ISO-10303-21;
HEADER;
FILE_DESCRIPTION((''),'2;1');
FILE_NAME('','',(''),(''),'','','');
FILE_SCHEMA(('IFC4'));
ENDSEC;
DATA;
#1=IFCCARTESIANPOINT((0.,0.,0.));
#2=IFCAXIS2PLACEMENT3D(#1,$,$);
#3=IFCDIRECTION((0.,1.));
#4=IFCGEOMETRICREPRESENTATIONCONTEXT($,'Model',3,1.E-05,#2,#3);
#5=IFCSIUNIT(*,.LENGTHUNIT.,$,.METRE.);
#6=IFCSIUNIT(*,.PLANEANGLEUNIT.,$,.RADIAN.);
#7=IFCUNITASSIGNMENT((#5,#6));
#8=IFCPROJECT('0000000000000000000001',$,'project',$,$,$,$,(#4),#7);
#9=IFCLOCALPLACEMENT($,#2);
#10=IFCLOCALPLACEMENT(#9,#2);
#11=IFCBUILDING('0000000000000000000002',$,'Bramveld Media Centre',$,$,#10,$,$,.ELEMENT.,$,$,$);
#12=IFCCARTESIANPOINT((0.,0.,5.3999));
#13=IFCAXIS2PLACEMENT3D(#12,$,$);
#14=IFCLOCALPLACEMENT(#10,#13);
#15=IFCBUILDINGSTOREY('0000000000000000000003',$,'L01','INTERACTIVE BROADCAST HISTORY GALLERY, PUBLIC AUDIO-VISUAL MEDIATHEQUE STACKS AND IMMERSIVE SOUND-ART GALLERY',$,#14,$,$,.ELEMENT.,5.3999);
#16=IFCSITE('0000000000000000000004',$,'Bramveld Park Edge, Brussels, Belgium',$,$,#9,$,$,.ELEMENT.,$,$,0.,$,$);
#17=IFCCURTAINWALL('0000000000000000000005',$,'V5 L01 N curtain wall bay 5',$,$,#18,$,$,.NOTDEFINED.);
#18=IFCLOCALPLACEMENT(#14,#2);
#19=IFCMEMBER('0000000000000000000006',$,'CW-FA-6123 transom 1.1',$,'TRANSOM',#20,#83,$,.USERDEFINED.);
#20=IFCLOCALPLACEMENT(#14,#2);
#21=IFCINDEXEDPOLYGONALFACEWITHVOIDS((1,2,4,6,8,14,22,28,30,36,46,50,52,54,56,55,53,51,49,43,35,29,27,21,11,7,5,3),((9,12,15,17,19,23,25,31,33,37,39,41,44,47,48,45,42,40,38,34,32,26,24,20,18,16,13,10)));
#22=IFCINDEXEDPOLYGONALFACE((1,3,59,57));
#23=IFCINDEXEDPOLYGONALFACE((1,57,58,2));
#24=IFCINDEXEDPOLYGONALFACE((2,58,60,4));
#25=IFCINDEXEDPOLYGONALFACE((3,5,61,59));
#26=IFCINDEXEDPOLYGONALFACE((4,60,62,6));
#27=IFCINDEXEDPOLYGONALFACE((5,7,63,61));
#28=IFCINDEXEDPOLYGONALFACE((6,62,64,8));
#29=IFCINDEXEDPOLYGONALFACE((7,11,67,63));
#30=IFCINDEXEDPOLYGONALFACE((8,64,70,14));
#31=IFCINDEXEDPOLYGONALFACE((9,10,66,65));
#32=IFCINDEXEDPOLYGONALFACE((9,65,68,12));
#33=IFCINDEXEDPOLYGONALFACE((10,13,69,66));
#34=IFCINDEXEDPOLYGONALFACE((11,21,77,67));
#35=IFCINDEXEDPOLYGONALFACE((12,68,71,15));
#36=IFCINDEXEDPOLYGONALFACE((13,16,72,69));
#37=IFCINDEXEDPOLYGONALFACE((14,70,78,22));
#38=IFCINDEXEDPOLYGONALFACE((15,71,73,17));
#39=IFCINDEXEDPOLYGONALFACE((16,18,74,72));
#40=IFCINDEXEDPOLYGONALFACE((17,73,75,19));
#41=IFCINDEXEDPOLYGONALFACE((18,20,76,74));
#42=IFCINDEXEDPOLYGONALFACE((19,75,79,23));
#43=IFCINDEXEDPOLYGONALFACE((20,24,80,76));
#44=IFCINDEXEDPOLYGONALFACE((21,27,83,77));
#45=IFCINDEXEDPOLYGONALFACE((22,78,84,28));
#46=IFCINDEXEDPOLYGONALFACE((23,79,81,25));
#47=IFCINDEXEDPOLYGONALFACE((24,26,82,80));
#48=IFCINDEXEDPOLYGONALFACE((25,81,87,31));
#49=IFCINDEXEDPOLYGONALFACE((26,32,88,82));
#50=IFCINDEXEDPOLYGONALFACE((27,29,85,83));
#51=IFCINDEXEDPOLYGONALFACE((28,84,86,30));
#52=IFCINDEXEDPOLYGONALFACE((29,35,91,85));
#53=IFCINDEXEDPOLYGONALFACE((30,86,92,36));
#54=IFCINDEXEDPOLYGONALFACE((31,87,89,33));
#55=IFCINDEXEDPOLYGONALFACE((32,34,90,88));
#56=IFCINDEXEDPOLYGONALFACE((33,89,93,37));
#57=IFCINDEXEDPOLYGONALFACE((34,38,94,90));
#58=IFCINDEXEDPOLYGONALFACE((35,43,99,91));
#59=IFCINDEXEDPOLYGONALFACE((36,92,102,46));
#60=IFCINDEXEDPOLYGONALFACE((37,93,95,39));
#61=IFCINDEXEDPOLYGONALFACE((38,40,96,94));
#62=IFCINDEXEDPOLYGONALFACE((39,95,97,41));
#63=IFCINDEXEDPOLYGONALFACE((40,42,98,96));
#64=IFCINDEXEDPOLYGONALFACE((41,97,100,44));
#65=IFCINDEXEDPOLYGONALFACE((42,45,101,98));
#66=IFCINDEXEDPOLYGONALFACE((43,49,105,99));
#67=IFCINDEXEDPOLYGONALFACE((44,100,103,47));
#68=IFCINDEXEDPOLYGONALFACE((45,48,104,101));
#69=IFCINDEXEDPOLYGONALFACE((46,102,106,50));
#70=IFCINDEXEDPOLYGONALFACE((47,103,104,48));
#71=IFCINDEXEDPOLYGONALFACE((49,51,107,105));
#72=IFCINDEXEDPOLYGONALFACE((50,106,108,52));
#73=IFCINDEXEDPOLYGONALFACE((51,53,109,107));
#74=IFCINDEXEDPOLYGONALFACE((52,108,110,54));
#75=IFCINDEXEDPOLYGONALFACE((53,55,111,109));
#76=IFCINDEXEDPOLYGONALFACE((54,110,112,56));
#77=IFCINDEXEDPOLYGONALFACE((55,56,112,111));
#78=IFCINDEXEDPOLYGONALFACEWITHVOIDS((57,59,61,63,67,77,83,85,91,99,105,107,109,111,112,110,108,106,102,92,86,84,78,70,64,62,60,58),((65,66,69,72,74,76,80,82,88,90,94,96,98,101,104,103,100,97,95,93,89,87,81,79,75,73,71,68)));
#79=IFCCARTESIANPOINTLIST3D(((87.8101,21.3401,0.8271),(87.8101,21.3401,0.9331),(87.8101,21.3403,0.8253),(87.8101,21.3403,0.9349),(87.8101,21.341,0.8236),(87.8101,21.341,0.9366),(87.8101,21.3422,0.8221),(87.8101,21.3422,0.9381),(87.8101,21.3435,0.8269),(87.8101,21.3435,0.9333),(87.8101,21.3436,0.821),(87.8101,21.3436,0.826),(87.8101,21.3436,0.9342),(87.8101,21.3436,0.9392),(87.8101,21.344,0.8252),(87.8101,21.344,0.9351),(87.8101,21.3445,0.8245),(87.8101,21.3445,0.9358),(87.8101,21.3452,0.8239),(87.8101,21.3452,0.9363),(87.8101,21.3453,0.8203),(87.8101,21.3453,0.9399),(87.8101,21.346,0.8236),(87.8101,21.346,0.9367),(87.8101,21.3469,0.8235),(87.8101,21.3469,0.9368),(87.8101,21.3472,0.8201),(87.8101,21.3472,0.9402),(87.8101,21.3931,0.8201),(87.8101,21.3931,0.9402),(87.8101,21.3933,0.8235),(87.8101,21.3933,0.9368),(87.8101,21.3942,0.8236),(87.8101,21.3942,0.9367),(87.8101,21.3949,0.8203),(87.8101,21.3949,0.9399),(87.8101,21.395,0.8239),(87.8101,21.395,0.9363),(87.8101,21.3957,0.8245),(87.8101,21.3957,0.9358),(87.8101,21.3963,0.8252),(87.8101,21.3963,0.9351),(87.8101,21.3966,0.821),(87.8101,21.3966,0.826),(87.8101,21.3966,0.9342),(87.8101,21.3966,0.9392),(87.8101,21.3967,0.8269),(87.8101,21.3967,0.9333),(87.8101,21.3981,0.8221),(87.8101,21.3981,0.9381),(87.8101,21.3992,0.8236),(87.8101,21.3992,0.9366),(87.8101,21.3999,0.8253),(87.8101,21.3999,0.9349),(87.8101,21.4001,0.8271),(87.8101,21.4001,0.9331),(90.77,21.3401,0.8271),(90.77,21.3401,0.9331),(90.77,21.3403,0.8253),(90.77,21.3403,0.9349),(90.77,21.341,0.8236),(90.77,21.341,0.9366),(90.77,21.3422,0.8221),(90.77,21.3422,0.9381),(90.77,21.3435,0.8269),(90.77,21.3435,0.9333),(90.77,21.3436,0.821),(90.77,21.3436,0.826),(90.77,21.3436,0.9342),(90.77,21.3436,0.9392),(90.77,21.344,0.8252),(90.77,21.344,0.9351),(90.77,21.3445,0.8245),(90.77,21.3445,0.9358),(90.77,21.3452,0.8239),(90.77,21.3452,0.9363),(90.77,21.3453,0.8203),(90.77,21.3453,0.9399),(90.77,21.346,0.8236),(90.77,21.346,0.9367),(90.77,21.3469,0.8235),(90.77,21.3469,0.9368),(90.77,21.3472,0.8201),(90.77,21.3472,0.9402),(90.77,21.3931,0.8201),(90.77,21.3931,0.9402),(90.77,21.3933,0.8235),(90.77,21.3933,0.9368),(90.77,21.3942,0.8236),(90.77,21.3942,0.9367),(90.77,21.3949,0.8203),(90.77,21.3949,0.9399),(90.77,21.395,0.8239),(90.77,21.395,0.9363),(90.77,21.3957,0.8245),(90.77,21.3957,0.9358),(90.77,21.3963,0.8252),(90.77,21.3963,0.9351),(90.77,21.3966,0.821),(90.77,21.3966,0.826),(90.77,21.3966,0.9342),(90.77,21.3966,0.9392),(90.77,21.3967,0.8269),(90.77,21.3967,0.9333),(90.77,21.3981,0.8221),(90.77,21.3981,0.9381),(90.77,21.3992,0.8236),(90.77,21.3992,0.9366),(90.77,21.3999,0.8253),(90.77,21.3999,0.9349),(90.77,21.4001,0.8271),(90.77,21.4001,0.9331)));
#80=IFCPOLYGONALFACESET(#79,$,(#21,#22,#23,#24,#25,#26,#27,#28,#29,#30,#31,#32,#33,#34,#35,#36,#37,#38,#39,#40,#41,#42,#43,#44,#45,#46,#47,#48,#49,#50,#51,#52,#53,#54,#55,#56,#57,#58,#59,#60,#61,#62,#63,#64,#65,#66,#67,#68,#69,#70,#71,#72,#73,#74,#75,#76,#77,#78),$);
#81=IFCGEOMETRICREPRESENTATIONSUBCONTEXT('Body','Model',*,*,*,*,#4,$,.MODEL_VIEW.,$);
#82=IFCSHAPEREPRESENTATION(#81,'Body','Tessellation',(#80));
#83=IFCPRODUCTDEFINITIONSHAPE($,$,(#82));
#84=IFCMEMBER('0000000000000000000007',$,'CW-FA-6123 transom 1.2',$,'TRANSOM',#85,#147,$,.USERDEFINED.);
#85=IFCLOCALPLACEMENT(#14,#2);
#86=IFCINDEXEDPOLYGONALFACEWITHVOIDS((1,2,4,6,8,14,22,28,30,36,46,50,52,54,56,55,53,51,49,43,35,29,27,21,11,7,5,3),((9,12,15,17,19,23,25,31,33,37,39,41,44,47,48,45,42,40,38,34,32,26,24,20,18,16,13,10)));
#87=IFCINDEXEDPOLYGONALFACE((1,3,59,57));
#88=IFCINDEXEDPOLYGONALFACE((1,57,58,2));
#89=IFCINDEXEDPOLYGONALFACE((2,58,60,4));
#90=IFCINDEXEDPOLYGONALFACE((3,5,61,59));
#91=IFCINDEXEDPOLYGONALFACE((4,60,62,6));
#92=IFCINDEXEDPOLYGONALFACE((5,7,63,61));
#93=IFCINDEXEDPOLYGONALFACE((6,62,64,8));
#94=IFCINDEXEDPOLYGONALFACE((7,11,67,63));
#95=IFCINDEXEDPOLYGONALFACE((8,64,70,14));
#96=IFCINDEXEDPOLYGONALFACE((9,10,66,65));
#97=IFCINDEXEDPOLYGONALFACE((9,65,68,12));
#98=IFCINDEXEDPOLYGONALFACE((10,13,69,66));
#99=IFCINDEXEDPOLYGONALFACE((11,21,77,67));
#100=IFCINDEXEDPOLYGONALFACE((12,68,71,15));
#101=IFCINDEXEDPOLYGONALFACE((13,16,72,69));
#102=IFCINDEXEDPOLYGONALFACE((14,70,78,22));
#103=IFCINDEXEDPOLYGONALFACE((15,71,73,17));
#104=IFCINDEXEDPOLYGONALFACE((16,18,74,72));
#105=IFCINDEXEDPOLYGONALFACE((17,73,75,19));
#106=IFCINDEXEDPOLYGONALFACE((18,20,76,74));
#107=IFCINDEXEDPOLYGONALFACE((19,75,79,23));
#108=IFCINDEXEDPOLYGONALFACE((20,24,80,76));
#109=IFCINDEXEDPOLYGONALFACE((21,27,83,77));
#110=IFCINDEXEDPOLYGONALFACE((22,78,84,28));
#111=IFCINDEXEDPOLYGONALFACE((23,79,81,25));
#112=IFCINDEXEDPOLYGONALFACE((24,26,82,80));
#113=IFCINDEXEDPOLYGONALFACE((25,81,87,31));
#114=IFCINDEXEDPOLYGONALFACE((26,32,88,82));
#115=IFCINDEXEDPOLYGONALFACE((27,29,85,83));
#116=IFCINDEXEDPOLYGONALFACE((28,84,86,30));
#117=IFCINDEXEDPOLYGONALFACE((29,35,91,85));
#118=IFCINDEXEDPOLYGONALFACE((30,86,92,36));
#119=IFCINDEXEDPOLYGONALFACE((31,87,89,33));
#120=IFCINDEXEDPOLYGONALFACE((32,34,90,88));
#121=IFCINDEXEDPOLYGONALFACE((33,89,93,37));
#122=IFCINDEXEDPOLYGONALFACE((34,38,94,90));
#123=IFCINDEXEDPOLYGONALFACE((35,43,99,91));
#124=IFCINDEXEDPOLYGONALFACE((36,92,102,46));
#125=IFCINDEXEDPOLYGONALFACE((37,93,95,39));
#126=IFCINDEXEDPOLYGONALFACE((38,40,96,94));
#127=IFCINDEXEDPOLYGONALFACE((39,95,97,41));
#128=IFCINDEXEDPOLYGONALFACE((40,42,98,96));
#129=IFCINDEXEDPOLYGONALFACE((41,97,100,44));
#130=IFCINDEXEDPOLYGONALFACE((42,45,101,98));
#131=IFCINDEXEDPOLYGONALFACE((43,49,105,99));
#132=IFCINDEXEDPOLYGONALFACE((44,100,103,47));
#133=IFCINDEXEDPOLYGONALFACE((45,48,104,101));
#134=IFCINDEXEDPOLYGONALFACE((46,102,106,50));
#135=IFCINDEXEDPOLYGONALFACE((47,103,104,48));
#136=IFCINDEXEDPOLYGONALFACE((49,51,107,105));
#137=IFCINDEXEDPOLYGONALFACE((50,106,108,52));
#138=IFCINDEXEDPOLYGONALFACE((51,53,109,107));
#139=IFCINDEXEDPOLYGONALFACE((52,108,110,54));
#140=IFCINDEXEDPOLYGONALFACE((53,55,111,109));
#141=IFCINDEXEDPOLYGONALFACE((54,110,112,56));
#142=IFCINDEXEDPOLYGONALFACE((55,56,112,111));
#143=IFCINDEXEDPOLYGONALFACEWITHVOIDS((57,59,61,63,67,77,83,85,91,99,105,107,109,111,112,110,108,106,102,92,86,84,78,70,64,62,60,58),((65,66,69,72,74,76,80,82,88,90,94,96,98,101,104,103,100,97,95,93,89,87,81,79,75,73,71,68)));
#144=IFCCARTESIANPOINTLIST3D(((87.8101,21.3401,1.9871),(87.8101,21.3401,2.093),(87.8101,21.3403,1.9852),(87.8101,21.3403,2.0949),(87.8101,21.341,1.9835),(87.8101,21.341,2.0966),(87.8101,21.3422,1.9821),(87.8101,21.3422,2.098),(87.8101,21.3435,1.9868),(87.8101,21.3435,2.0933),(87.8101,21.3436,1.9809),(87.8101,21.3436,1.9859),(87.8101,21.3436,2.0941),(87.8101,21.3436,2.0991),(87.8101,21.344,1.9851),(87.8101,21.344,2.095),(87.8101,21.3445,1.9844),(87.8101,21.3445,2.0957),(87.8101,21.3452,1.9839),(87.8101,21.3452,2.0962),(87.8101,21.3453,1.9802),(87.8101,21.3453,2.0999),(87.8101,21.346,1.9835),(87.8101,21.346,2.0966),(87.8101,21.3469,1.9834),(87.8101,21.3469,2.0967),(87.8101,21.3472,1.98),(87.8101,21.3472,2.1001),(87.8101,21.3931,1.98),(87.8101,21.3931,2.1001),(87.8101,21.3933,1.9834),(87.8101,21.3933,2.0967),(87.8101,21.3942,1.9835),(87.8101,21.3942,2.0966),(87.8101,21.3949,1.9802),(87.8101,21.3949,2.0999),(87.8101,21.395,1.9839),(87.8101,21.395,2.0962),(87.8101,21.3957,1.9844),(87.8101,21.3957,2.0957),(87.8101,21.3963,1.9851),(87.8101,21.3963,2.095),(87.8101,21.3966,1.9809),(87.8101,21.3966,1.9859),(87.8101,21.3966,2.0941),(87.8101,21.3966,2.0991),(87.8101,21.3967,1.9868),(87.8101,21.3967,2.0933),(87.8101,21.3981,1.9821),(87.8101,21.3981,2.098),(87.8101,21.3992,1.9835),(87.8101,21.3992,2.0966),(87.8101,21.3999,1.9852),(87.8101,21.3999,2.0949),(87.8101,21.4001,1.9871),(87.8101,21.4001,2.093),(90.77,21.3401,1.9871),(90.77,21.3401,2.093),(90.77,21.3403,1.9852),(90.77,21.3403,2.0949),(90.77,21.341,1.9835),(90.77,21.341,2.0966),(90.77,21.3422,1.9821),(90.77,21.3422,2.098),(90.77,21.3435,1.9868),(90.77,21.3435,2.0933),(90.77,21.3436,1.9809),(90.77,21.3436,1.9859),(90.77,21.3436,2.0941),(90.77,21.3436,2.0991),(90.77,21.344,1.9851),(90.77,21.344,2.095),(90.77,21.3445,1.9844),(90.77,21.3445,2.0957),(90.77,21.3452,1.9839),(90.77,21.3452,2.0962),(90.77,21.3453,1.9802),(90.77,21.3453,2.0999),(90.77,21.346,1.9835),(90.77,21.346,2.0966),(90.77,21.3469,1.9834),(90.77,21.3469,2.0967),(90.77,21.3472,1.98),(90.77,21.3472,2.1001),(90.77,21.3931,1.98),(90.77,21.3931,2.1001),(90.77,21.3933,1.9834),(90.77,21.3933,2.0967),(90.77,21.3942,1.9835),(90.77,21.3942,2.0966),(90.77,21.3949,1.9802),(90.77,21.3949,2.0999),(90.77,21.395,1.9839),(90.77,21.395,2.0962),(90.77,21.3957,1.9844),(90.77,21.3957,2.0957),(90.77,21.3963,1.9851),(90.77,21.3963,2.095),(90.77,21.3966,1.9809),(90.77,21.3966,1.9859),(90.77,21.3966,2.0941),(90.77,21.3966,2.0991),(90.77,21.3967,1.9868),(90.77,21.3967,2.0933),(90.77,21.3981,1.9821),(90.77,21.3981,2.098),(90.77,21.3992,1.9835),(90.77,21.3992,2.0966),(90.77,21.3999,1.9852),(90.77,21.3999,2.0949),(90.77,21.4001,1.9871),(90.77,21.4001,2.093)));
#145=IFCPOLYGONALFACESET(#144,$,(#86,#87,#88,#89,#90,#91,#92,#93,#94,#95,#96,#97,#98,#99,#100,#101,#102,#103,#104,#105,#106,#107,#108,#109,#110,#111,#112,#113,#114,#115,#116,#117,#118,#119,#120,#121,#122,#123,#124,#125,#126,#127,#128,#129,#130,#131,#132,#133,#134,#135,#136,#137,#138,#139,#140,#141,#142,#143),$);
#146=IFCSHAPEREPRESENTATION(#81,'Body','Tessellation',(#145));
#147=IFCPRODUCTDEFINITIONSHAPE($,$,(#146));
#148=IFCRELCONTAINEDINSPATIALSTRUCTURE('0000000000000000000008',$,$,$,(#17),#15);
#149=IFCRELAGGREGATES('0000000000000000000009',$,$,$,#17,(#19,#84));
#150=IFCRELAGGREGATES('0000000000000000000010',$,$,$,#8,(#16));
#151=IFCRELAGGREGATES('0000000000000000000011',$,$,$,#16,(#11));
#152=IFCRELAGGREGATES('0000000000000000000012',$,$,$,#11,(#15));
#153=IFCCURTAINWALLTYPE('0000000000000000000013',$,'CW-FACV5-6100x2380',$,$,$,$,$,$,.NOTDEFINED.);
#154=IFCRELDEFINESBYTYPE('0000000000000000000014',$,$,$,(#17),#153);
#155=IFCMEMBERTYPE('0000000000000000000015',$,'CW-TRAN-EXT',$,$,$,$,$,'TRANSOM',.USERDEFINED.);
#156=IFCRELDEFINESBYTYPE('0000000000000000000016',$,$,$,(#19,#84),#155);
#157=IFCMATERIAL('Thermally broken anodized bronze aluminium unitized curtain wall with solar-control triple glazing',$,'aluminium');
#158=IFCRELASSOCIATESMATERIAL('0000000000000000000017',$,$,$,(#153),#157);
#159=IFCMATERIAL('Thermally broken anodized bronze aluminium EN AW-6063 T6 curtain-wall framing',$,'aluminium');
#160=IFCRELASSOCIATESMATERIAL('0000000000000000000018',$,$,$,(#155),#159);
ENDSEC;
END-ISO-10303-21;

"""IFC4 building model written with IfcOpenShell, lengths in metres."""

from ifc_helpers import new_model, si_unit, direction, frame, origin, origin_2d, place, context, subcontext, project, spatial, hollow_rectangle, extrude, material, material_profile, profile_set, type_object, element, aggregate, save


model = new_model("IFC4")

# Units and contexts
model_context = context("Model", 3, precision=1e-05, world=origin(), true_north=direction((0.0, 1.0)))
body_context = subcontext(model_context, "Body", "Model", "MODEL_VIEW")
ifc_project = project(units=[si_unit("LENGTHUNIT", "METRE"), si_unit("PLANEANGLEUNIT", "RADIAN")], contexts=[model_context])

# Site, building, storey
site_placement = place(None, origin())
site = spatial("IfcSite", under=ifc_project, at=site_placement, Name="Bramveld Park Edge, Brussels, Belgium", CompositionType="ELEMENT", RefElevation=0.0)
building_placement = place(site_placement, origin())
building = spatial("IfcBuilding", under=site, at=building_placement, Name="Bramveld Media Centre", CompositionType="ELEMENT")
storey_placement = place(building_placement, frame((0.0, 0.0, 5.3999)))
storey = spatial("IfcBuildingStorey", under=building, at=storey_placement, Name="L01", Description="INTERACTIVE BROADCAST HISTORY GALLERY, PUBLIC AUDIO-VISUAL MEDIATHEQUE STACKS AND IMMERSIVE SOUND-ART GALLERY", CompositionType="ELEMENT", Elevation=5.3999)

# Curtain wall
ifc_material_1 = material(Name="Thermally broken anodized bronze aluminium unitized curtain wall with solar-control triple glazing", Category="aluminium")
curtain_wall_type = type_object("IfcCurtainWallType", Name="CW-FACV5-6100x2380", PredefinedType="NOTDEFINED", material=ifc_material_1)
curtain_wall_1_placement = place(storey_placement, origin())
curtain_wall_1 = element("IfcCurtainWall", 1, at=curtain_wall_1_placement, inside=storey, type_object=curtain_wall_type, Name="V5 L01 N curtain wall bay 5", PredefinedType="NOTDEFINED")

# Members
ifc_material_2 = material(Name="Thermally broken anodized bronze aluminium EN AW-6063 T6 curtain-wall framing", Category="aluminium")
ifc_material_profile_1 = material_profile(ifc_material_2, hollow_rectangle(XDim=0.0601, YDim=0.1201, WallThickness=0.0034, InnerFilletRadius=0.0034, OuterFilletRadius=0.0071, at=origin_2d()), Name="AL-TRAN 60x120")
ifc_profile_set_1 = profile_set([ifc_material_profile_1], Name="Thermally broken anodized bronze aluminium EN AW-6063 T6 curtain-wall framing")
member_type_1 = type_object("IfcMemberType", Name="CW-TRAN-EXT", ElementType="TRANSOM", PredefinedType="USERDEFINED", material=ifc_profile_set_1)
member_1_placement = place(storey_placement, frame((87.8101, 21.3701, 0.8801), z_axis=(1.0, 0.0, 0.0), x_axis=(0.0, 1.0, 0.0)))
member_1 = element("IfcMember", 2, at=member_1_placement, type_object=member_type_1, Name="CW-FA-6123 transom 1.1", ObjectType="TRANSOM", PredefinedType="USERDEFINED", context=body_context, shape_type="SweptSolid", body=[
    extrude(hollow_rectangle(XDim=0.0601, YDim=0.1201, WallThickness=0.0034, InnerFilletRadius=0.0034, OuterFilletRadius=0.0071, at=origin_2d()), origin(), (0.0, 0.0, 1.0), 2.96),
])
member_2_placement = place(storey_placement, frame((87.8101, 21.3701, 2.04), z_axis=(1.0, 0.0, 0.0), x_axis=(0.0, 1.0, 0.0)))
member_2 = element("IfcMember", 3, at=member_2_placement, type_object=member_type_1, Name="CW-FA-6123 transom 1.2", ObjectType="TRANSOM", PredefinedType="USERDEFINED", context=body_context, shape_type="SweptSolid", body=[
    extrude(hollow_rectangle(XDim=0.0601, YDim=0.1201, WallThickness=0.0034, InnerFilletRadius=0.0034, OuterFilletRadius=0.0071, at=origin_2d()), origin(), (0.0, 0.0, 1.0), 2.96),
])

aggregate(curtain_wall_1, [member_1, member_2])

save(model, "model.ifc")
